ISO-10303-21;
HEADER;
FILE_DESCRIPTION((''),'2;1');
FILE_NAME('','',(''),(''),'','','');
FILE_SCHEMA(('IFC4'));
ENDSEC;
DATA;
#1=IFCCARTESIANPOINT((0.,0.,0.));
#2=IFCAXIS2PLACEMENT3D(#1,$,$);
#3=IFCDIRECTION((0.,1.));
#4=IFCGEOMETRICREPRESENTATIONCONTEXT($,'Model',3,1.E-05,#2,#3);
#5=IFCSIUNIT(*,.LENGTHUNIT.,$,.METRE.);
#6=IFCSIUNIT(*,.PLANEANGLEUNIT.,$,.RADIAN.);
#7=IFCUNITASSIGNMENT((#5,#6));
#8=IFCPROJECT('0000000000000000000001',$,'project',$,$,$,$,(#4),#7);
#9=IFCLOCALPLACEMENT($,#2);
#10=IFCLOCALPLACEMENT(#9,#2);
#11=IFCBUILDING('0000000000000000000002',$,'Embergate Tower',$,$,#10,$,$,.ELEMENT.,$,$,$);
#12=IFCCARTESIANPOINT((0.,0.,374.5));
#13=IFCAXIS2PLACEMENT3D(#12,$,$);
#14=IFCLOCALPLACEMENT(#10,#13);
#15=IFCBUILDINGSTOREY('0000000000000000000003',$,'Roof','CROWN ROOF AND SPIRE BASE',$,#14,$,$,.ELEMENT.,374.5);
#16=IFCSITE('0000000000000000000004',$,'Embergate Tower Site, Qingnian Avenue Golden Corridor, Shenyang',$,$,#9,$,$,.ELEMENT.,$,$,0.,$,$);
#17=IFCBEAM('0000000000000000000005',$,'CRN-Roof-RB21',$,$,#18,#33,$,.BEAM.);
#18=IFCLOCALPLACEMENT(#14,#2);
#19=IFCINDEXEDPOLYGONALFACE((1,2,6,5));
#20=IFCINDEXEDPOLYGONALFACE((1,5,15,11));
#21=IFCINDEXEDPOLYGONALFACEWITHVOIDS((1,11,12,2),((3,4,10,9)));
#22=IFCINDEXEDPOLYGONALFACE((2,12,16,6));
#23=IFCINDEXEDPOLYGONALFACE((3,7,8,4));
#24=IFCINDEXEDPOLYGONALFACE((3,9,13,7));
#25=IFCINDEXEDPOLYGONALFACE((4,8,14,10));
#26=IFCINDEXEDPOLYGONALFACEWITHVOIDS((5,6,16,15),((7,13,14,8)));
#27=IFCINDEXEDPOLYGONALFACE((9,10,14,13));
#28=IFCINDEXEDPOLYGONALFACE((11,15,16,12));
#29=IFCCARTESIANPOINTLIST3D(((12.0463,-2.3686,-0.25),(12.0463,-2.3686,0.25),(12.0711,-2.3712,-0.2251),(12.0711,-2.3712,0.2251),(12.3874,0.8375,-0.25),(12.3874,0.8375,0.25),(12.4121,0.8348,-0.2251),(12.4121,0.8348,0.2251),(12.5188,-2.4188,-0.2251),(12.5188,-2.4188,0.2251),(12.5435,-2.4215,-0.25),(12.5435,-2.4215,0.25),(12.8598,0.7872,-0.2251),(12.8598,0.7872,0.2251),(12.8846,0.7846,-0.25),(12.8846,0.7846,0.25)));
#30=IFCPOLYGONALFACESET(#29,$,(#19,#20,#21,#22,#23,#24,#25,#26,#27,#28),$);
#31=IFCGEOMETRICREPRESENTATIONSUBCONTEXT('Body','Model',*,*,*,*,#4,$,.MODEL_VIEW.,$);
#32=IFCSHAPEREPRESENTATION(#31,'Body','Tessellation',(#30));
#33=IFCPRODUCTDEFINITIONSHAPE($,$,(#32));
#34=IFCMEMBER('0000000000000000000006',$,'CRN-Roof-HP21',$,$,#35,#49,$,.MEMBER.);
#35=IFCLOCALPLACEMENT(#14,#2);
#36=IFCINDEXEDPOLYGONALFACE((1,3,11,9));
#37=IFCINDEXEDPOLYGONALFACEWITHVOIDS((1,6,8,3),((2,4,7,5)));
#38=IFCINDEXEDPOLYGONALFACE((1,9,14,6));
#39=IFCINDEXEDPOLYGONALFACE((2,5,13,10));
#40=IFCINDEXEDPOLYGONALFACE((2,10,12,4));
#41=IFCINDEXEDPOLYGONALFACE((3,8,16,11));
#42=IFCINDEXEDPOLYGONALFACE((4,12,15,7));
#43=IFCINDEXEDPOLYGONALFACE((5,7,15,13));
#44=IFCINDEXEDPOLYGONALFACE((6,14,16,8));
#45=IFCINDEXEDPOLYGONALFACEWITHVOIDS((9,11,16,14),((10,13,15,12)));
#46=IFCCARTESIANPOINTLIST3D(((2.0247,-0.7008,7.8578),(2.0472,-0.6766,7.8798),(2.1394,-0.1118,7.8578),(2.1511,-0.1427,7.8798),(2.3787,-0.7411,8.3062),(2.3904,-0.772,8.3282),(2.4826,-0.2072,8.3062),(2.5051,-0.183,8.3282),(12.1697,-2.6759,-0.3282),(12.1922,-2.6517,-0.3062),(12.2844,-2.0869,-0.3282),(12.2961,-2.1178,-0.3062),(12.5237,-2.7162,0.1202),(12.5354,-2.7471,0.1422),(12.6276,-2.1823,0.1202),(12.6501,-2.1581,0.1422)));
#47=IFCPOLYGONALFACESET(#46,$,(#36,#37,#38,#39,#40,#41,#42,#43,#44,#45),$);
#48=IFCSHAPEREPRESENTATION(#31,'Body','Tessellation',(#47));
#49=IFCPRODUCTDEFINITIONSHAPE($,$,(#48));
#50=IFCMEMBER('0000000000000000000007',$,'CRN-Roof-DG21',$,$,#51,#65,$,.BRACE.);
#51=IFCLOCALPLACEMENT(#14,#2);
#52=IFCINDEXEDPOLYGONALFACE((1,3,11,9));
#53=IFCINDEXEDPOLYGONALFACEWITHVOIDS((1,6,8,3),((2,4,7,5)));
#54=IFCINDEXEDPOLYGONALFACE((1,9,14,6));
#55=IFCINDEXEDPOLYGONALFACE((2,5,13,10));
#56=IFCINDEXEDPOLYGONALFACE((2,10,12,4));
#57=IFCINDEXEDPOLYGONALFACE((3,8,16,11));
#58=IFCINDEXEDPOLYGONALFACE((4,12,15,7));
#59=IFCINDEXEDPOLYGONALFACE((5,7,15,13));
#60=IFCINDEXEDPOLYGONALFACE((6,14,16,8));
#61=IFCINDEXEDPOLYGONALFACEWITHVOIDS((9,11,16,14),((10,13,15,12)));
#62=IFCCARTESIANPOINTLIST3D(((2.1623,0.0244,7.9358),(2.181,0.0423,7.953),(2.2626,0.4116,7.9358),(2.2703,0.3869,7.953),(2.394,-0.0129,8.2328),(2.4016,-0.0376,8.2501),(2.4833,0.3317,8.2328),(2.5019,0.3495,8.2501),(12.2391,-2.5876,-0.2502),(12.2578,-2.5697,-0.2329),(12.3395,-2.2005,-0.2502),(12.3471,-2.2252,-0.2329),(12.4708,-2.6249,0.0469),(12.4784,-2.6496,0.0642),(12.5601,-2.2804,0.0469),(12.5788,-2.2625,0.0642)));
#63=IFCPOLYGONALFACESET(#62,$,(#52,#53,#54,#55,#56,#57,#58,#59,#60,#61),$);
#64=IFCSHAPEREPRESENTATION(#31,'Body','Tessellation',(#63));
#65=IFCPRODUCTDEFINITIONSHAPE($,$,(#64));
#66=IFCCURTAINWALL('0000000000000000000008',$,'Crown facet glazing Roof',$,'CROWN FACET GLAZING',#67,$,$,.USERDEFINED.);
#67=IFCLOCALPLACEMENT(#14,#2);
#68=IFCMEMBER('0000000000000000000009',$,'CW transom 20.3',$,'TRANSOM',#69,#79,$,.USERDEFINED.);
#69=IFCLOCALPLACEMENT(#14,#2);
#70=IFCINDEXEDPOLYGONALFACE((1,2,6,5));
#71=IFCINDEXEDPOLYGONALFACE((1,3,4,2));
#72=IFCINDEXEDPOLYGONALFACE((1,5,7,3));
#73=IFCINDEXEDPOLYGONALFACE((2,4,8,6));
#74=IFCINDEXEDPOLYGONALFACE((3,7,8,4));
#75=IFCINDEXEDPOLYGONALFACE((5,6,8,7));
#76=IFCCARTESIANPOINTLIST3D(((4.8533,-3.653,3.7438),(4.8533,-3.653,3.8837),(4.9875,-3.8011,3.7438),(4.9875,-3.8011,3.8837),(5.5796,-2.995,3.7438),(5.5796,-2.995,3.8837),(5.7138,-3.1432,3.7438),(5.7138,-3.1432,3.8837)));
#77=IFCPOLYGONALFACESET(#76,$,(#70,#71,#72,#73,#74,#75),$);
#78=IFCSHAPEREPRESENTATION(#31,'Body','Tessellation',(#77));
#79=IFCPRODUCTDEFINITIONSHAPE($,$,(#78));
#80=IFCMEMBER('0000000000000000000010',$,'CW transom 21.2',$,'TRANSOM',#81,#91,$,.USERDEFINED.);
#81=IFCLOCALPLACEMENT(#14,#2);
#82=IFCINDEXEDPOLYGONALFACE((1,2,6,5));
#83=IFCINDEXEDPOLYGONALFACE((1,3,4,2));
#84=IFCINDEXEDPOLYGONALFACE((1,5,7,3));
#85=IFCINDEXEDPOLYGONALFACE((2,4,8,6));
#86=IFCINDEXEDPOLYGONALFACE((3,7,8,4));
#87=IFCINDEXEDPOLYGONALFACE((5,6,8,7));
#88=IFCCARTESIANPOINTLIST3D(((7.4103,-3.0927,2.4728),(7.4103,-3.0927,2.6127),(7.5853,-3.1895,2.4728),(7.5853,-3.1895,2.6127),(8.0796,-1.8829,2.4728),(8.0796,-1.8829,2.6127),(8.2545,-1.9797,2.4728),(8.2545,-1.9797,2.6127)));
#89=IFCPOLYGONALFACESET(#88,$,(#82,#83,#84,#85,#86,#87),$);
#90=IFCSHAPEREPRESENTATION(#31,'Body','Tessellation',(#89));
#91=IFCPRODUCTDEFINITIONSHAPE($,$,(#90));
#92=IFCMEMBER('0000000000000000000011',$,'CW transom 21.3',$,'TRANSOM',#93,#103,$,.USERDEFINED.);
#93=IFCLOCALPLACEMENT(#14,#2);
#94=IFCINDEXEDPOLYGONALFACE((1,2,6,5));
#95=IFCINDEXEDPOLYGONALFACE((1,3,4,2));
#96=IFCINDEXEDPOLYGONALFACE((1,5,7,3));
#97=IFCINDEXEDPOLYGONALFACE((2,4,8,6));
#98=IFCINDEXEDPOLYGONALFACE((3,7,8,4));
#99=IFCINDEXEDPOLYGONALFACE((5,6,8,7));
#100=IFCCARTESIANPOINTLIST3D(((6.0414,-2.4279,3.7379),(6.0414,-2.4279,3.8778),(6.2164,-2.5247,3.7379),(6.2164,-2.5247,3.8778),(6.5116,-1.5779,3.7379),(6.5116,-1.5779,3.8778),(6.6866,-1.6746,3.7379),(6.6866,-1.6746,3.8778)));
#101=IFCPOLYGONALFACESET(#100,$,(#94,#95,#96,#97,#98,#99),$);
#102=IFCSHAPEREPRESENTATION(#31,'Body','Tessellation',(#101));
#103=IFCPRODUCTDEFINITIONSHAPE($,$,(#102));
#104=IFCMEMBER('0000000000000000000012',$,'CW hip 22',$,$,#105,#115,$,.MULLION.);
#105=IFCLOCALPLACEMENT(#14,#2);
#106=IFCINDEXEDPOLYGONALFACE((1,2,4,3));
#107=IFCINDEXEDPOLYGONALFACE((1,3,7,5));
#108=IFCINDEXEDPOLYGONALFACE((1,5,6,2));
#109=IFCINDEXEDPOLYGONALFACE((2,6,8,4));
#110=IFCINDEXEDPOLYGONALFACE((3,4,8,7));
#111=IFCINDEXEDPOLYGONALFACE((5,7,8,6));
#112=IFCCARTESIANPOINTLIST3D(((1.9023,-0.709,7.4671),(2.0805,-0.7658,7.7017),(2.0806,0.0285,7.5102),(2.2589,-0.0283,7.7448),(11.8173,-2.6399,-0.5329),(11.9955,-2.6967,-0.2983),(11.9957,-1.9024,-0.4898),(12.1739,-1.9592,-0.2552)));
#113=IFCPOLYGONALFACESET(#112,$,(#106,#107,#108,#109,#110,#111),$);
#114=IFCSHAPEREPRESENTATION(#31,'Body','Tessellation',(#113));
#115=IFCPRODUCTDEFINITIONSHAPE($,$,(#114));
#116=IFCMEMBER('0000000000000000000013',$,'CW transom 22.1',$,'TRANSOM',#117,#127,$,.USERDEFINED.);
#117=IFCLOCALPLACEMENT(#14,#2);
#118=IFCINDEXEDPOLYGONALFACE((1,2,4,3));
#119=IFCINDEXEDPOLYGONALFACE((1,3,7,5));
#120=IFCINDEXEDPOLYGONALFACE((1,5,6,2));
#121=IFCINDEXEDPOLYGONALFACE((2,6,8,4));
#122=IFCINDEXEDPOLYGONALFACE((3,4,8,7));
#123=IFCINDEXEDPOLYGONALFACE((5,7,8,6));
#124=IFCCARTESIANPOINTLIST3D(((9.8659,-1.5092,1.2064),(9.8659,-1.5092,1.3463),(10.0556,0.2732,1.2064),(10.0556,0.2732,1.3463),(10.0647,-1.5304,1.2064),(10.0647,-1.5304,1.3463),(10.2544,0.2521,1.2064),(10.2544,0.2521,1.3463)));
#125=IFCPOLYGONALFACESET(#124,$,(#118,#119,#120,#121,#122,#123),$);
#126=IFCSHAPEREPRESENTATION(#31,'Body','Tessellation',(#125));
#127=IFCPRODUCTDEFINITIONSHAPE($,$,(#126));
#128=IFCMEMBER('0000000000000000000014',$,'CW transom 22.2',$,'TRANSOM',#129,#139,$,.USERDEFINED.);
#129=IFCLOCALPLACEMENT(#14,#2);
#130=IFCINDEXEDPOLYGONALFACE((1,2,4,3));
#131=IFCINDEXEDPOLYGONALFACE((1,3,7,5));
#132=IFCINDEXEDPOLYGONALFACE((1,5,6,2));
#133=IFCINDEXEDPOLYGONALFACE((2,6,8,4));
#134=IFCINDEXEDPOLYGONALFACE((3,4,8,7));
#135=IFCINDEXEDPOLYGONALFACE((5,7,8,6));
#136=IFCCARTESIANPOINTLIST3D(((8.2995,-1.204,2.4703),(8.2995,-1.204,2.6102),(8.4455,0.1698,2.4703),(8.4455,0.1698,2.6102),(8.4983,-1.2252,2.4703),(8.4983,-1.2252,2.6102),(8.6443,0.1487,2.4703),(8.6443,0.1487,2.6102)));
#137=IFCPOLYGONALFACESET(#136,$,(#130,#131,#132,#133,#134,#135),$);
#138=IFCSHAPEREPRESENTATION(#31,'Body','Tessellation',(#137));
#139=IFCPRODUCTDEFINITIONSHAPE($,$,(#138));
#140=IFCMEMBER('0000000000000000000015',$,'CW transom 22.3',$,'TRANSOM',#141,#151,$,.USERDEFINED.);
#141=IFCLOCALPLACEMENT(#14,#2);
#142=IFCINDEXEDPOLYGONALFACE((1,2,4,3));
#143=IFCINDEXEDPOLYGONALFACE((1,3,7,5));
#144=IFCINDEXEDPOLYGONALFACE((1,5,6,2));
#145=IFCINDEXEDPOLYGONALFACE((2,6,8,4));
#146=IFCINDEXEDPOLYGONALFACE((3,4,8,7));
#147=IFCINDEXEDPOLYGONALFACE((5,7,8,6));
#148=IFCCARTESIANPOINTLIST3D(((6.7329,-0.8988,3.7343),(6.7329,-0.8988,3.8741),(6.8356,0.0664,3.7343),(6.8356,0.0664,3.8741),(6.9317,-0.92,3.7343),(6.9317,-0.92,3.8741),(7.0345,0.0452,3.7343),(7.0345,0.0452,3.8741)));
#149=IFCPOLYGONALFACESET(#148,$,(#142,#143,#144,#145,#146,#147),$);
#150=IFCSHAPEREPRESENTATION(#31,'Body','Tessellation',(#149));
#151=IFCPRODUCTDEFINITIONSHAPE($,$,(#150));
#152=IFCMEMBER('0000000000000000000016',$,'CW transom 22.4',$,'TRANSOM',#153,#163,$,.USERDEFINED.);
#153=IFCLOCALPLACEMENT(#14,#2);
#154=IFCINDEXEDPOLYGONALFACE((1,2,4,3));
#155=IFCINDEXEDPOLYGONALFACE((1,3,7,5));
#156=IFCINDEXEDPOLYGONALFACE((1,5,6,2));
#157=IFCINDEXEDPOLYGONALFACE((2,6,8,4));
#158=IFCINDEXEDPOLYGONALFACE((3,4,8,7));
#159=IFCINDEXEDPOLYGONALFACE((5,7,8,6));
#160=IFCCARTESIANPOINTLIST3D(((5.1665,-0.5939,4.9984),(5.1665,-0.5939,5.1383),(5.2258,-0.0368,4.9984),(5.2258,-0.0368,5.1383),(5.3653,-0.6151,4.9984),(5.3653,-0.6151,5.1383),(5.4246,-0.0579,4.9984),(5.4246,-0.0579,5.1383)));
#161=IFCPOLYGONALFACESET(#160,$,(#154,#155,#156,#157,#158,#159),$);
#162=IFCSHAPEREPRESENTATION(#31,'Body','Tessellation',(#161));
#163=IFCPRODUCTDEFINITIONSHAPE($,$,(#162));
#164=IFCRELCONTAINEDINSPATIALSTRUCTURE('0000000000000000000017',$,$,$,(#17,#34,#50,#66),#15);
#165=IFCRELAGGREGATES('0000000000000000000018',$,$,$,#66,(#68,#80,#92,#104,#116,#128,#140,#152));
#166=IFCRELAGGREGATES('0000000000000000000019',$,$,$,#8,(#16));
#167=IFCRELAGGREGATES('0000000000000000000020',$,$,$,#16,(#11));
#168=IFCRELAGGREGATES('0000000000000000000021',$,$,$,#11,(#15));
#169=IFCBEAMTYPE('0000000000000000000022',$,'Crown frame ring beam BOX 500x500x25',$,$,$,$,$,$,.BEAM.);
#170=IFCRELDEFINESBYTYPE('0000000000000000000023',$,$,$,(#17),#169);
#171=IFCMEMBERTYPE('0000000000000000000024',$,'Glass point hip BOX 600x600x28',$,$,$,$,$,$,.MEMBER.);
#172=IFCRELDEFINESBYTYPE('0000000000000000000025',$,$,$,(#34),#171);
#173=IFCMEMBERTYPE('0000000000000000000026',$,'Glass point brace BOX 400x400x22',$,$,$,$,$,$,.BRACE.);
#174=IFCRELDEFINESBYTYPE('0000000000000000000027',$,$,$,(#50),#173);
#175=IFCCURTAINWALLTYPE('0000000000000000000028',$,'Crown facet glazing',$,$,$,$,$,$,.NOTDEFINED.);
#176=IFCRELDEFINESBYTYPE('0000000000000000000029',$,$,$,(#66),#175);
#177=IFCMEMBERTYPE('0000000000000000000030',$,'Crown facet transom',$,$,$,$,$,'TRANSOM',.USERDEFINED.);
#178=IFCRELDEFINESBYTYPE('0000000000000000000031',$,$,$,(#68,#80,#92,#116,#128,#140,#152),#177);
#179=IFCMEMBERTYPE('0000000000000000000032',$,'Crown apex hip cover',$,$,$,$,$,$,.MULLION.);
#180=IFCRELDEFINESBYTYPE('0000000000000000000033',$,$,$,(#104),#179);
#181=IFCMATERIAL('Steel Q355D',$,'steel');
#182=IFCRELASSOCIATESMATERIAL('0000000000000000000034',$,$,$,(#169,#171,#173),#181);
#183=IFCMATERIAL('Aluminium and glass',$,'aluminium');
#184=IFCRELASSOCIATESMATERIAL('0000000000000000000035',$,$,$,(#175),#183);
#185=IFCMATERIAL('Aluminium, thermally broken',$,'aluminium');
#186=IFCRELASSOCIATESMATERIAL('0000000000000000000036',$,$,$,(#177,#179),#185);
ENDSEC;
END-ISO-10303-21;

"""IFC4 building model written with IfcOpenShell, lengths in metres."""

from ifc_helpers import new_model, si_unit, direction, frame, origin, origin_2d, place, context, subcontext, project, spatial, rectangle, hollow_rectangle, extrude, source, transform, mapped, material, material_profile, profile_set, type_object, element, aggregate, save


model = new_model("IFC4")

# Units and contexts
model_context = context("Model", 3, precision=1e-05, world=origin(), true_north=direction((0.0, 1.0)))
body_context = subcontext(model_context, "Body", "Model", "MODEL_VIEW")
ifc_project = project(units=[si_unit("LENGTHUNIT", "METRE"), si_unit("PLANEANGLEUNIT", "RADIAN")], contexts=[model_context])

# Site, building, storey
site_placement = place(None, origin())
site = spatial("IfcSite", under=ifc_project, at=site_placement, Name="Embergate Tower Site, Qingnian Avenue Golden Corridor, Shenyang", CompositionType="ELEMENT", RefElevation=0.0)
building_placement = place(site_placement, origin())
building = spatial("IfcBuilding", under=site, at=building_placement, Name="Embergate Tower", CompositionType="ELEMENT")
storey_placement = place(building_placement, frame((0.0, 0.0, 374.5)))
storey = spatial("IfcBuildingStorey", under=building, at=storey_placement, Name="Roof", Description="CROWN ROOF AND SPIRE BASE", CompositionType="ELEMENT", Elevation=374.5)

# Beam
ifc_material_1 = material(Name="Steel Q355D", Category="steel")
ifc_material_profile_1 = material_profile(ifc_material_1, hollow_rectangle(XDim=0.5, YDim=0.5, WallThickness=0.0249, at=origin_2d()), Name="BOX 500x500x25")
ifc_profile_set_1 = profile_set([ifc_material_profile_1], Name="Steel Q355 grade D")
beam_type = type_object("IfcBeamType", Name="Crown frame ring beam BOX 500x500x25", PredefinedType="BEAM", material=ifc_profile_set_1)
shared_shape_1 = source(origin(), body_context, "Body", "SweptSolid", [
    extrude(hollow_rectangle(XDim=0.5, YDim=0.5, WallThickness=0.0249, at=origin_2d()), origin(), (0.0, 0.0, 1.0), 3.2241),
])
beam_placement = place(storey_placement, frame((12.2949, -2.395, 0.0), z_axis=(0.105784, 0.994389, 0.0), x_axis=(-0.994389, 0.105784, 0.0)))
element("IfcBeam", 1, at=beam_placement, inside=storey, type_object=beam_type, Name="CRN-Roof-RB21", PredefinedType="BEAM", context=body_context, shape_type="MappedRepresentation", body=[
    mapped(shared_shape_1, transform((0.0, 0.0, 0.0))),
])

# Members
ifc_material_profile_2 = material_profile(ifc_material_1, hollow_rectangle(XDim=0.6001, YDim=0.6001, WallThickness=0.0281, at=origin_2d()), Name="BOX 600x600x28")
ifc_profile_set_2 = profile_set([ifc_material_profile_2], Name="Steel Q355 grade D")
member_type_1 = type_object("IfcMemberType", Name="Glass point hip BOX 600x600x28", PredefinedType="MEMBER", material=ifc_profile_set_2)
shared_shape_2 = source(origin(), body_context, "Body", "SweptSolid", [
    extrude(hollow_rectangle(XDim=0.6001, YDim=0.6001, WallThickness=0.0281, at=origin_2d()), origin(), (0.0, 0.0, 1.0), 13.1846),
])
member_1_placement = place(storey_placement, frame((12.4099, -2.417, -0.093), z_axis=(-0.76946, 0.149803, 0.620879), x_axis=(-0.191099, -0.981571, 0.0)))
element("IfcMember", 2, at=member_1_placement, inside=storey, type_object=member_type_1, Name="CRN-Roof-HP21", PredefinedType="MEMBER", context=body_context, shape_type="MappedRepresentation", body=[
    mapped(shared_shape_2, transform((0.0, 0.0, 0.0))),
])
ifc_material_profile_3 = material_profile(ifc_material_1, hollow_rectangle(XDim=0.3999, YDim=0.3999, WallThickness=0.022, at=origin_2d()), Name="BOX 400x400x22")
ifc_profile_set_3 = profile_set([ifc_material_profile_3], Name="Steel Q355 grade D")
member_type_2 = type_object("IfcMemberType", Name="Glass point brace BOX 400x400x22", PredefinedType="BRACE", material=ifc_profile_set_3)
shared_shape_3 = source(origin(), body_context, "Body", "SweptSolid", [
    extrude(hollow_rectangle(XDim=0.3999, YDim=0.3999, WallThickness=0.022, at=origin_2d()), origin(), (0.0, 0.0, 1.0), 13.2429),
])
member_2_placement = place(storey_placement, frame((12.4089, -2.425, -0.093), z_axis=(-0.760921, 0.19724, 0.618139), x_axis=(-0.25092, -0.968008, 0.0)))
element("IfcMember", 3, at=member_2_placement, inside=storey, type_object=member_type_2, Name="CRN-Roof-DG21", PredefinedType="BRACE", context=body_context, shape_type="MappedRepresentation", body=[
    mapped(shared_shape_3, transform((0.0, 0.0, 0.0))),
])

# Curtain wall, members
ifc_material_2 = material(Name="Aluminium and glass", Category="aluminium")
curtain_wall_type = type_object("IfcCurtainWallType", Name="Crown facet glazing", PredefinedType="NOTDEFINED", material=ifc_material_2)
curtain_wall_placement = place(storey_placement, origin())
curtain_wall = element("IfcCurtainWall", 4, at=curtain_wall_placement, inside=storey, type_object=curtain_wall_type, Name="Crown facet glazing Roof", ObjectType="CROWN FACET GLAZING", PredefinedType="USERDEFINED")
ifc_material_3 = material(Name="Aluminium, thermally broken", Category="aluminium")
ifc_material_profile_4 = material_profile(ifc_material_3, rectangle(XDim=0.2, YDim=0.1399, at=origin_2d()), Name="AL 140x200")
ifc_profile_set_4 = profile_set([ifc_material_profile_4], Name="Aluminium, thermally broken")
member_type_3 = type_object("IfcMemberType", Name="Crown facet transom", ElementType="TRANSOM", PredefinedType="USERDEFINED", material=ifc_profile_set_4)
shared_shape_4 = source(origin(), body_context, "Body", "SweptSolid", [
    extrude(rectangle(XDim=0.2, YDim=0.1399, at=origin_2d()), origin(), (0.0, 0.0, 1.0), 0.98),
])
member_3_placement = place(storey_placement, frame((4.9204, -3.7271, 3.8137), z_axis=(0.741123, 0.67137, 0.0), x_axis=(-0.67137, 0.741123, 0.0)))
member_3 = element("IfcMember", 5, at=member_3_placement, type_object=member_type_3, Name="CW transom 20.3", ObjectType="TRANSOM", PredefinedType="USERDEFINED", context=body_context, shape_type="MappedRepresentation", body=[
    mapped(shared_shape_4, transform((0.0, 0.0, 0.0))),
])
shared_shape_5 = source(origin(), body_context, "Body", "SweptSolid", [
    extrude(rectangle(XDim=0.2, YDim=0.1399, at=origin_2d()), origin(), (0.0, 0.0, 1.0), 1.3826),
])
member_4_placement = place(storey_placement, frame((7.4978, -3.1411, 2.5427), z_axis=(0.484053, 0.875039, 0.0), x_axis=(-0.875039, 0.484053, 0.0)))
member_4 = element("IfcMember", 6, at=member_4_placement, type_object=member_type_3, Name="CW transom 21.2", ObjectType="TRANSOM", PredefinedType="USERDEFINED", context=body_context, shape_type="MappedRepresentation", body=[
    mapped(shared_shape_5, transform((0.0, 0.0, 0.0))),
])
shared_shape_6 = source(origin(), body_context, "Body", "SweptSolid", [
    extrude(rectangle(XDim=0.2, YDim=0.1399, at=origin_2d()), origin(), (0.0, 0.0, 1.0), 0.9714),
])
member_5_placement = place(storey_placement, frame((6.1289, -2.4763, 3.8079), z_axis=(0.48402, 0.875057, 0.0), x_axis=(-0.875057, 0.48402, 0.0)))
member_5 = element("IfcMember", 7, at=member_5_placement, type_object=member_type_3, Name="CW transom 21.3", ObjectType="TRANSOM", PredefinedType="USERDEFINED", context=body_context, shape_type="MappedRepresentation", body=[
    mapped(shared_shape_6, transform((0.0, 0.0, 0.0))),
])
ifc_material_profile_5 = material_profile(ifc_material_3, rectangle(XDim=0.3, YDim=0.76, at=origin_2d()), Name="AL 760x300")
ifc_profile_set_5 = profile_set([ifc_material_profile_5], Name="Aluminium, thermally broken")
member_type_4 = type_object("IfcMemberType", Name="Crown apex hip cover", PredefinedType="MULLION", material=ifc_profile_set_5)
shared_shape_7 = source(origin(), body_context, "Body", "SweptSolid", [
    extrude(rectangle(XDim=0.3, YDim=0.76, at=origin_2d()), origin(), (0.0, 0.0, 1.0), 12.8855),
])
member_6_placement = place(storey_placement, frame((11.9956, -2.2996, -0.394), z_axis=(-0.769472, 0.149851, 0.620852), x_axis=(0.594009, -0.189252, 0.781881)))
member_6 = element("IfcMember", 8, at=member_6_placement, type_object=member_type_4, Name="CW hip 22", PredefinedType="MULLION", context=body_context, shape_type="MappedRepresentation", body=[
    mapped(shared_shape_7, transform((0.0, 0.0, 0.0))),
])
shared_shape_8 = source(origin(), body_context, "Body", "SweptSolid", [
    extrude(rectangle(XDim=0.2, YDim=0.1399, at=origin_2d()), origin(), (0.0, 0.0, 1.0), 1.7925),
])
member_7_placement = place(storey_placement, frame((9.9653, -1.5198, 1.2764), z_axis=(0.105826, 0.994385, 0.0), x_axis=(-0.994385, 0.105826, 0.0)))
member_7 = element("IfcMember", 9, at=member_7_placement, type_object=member_type_3, Name="CW transom 22.1", ObjectType="TRANSOM", PredefinedType="USERDEFINED", context=body_context, shape_type="MappedRepresentation", body=[
    mapped(shared_shape_8, transform((0.0, 0.0, 0.0))),
])
shared_shape_9 = source(origin(), body_context, "Body", "SweptSolid", [
    extrude(rectangle(XDim=0.2, YDim=0.1399, at=origin_2d()), origin(), (0.0, 0.0, 1.0), 1.3816),
])
member_8_placement = place(storey_placement, frame((8.3989, -1.2146, 2.5403), z_axis=(0.105678, 0.9944, 0.0), x_axis=(-0.9944, 0.105678, 0.0)))
member_8 = element("IfcMember", 10, at=member_8_placement, type_object=member_type_3, Name="CW transom 22.2", ObjectType="TRANSOM", PredefinedType="USERDEFINED", context=body_context, shape_type="MappedRepresentation", body=[
    mapped(shared_shape_9, transform((0.0, 0.0, 0.0))),
])
shared_shape_10 = source(origin(), body_context, "Body", "SweptSolid", [
    extrude(rectangle(XDim=0.2, YDim=0.1399, at=origin_2d()), origin(), (0.0, 0.0, 1.0), 0.9707),
])
member_9_placement = place(storey_placement, frame((6.8323, -0.9094, 3.8042), z_axis=(0.105876, 0.994379, 0.0), x_axis=(-0.994379, 0.105876, 0.0)))
member_9 = element("IfcMember", 11, at=member_9_placement, type_object=member_type_3, Name="CW transom 22.3", ObjectType="TRANSOM", PredefinedType="USERDEFINED", context=body_context, shape_type="MappedRepresentation", body=[
    mapped(shared_shape_10, transform((0.0, 0.0, 0.0))),
])
shared_shape_11 = source(origin(), body_context, "Body", "SweptSolid", [
    extrude(rectangle(XDim=0.2, YDim=0.1399, at=origin_2d()), origin(), (0.0, 0.0, 1.0), 0.5603),
])
member_10_placement = place(storey_placement, frame((5.2659, -0.6045, 5.0684), z_axis=(0.105887, 0.994378, 0.0), x_axis=(-0.994378, 0.105887, 0.0)))
member_10 = element("IfcMember", 12, at=member_10_placement, type_object=member_type_3, Name="CW transom 22.4", ObjectType="TRANSOM", PredefinedType="USERDEFINED", context=body_context, shape_type="MappedRepresentation", body=[
    mapped(shared_shape_11, transform((0.0, 0.0, 0.0))),
])
aggregate(curtain_wall, [member_3, member_4, member_5, member_6, member_7, member_8, member_9, member_10])

save(model, "model.ifc")
